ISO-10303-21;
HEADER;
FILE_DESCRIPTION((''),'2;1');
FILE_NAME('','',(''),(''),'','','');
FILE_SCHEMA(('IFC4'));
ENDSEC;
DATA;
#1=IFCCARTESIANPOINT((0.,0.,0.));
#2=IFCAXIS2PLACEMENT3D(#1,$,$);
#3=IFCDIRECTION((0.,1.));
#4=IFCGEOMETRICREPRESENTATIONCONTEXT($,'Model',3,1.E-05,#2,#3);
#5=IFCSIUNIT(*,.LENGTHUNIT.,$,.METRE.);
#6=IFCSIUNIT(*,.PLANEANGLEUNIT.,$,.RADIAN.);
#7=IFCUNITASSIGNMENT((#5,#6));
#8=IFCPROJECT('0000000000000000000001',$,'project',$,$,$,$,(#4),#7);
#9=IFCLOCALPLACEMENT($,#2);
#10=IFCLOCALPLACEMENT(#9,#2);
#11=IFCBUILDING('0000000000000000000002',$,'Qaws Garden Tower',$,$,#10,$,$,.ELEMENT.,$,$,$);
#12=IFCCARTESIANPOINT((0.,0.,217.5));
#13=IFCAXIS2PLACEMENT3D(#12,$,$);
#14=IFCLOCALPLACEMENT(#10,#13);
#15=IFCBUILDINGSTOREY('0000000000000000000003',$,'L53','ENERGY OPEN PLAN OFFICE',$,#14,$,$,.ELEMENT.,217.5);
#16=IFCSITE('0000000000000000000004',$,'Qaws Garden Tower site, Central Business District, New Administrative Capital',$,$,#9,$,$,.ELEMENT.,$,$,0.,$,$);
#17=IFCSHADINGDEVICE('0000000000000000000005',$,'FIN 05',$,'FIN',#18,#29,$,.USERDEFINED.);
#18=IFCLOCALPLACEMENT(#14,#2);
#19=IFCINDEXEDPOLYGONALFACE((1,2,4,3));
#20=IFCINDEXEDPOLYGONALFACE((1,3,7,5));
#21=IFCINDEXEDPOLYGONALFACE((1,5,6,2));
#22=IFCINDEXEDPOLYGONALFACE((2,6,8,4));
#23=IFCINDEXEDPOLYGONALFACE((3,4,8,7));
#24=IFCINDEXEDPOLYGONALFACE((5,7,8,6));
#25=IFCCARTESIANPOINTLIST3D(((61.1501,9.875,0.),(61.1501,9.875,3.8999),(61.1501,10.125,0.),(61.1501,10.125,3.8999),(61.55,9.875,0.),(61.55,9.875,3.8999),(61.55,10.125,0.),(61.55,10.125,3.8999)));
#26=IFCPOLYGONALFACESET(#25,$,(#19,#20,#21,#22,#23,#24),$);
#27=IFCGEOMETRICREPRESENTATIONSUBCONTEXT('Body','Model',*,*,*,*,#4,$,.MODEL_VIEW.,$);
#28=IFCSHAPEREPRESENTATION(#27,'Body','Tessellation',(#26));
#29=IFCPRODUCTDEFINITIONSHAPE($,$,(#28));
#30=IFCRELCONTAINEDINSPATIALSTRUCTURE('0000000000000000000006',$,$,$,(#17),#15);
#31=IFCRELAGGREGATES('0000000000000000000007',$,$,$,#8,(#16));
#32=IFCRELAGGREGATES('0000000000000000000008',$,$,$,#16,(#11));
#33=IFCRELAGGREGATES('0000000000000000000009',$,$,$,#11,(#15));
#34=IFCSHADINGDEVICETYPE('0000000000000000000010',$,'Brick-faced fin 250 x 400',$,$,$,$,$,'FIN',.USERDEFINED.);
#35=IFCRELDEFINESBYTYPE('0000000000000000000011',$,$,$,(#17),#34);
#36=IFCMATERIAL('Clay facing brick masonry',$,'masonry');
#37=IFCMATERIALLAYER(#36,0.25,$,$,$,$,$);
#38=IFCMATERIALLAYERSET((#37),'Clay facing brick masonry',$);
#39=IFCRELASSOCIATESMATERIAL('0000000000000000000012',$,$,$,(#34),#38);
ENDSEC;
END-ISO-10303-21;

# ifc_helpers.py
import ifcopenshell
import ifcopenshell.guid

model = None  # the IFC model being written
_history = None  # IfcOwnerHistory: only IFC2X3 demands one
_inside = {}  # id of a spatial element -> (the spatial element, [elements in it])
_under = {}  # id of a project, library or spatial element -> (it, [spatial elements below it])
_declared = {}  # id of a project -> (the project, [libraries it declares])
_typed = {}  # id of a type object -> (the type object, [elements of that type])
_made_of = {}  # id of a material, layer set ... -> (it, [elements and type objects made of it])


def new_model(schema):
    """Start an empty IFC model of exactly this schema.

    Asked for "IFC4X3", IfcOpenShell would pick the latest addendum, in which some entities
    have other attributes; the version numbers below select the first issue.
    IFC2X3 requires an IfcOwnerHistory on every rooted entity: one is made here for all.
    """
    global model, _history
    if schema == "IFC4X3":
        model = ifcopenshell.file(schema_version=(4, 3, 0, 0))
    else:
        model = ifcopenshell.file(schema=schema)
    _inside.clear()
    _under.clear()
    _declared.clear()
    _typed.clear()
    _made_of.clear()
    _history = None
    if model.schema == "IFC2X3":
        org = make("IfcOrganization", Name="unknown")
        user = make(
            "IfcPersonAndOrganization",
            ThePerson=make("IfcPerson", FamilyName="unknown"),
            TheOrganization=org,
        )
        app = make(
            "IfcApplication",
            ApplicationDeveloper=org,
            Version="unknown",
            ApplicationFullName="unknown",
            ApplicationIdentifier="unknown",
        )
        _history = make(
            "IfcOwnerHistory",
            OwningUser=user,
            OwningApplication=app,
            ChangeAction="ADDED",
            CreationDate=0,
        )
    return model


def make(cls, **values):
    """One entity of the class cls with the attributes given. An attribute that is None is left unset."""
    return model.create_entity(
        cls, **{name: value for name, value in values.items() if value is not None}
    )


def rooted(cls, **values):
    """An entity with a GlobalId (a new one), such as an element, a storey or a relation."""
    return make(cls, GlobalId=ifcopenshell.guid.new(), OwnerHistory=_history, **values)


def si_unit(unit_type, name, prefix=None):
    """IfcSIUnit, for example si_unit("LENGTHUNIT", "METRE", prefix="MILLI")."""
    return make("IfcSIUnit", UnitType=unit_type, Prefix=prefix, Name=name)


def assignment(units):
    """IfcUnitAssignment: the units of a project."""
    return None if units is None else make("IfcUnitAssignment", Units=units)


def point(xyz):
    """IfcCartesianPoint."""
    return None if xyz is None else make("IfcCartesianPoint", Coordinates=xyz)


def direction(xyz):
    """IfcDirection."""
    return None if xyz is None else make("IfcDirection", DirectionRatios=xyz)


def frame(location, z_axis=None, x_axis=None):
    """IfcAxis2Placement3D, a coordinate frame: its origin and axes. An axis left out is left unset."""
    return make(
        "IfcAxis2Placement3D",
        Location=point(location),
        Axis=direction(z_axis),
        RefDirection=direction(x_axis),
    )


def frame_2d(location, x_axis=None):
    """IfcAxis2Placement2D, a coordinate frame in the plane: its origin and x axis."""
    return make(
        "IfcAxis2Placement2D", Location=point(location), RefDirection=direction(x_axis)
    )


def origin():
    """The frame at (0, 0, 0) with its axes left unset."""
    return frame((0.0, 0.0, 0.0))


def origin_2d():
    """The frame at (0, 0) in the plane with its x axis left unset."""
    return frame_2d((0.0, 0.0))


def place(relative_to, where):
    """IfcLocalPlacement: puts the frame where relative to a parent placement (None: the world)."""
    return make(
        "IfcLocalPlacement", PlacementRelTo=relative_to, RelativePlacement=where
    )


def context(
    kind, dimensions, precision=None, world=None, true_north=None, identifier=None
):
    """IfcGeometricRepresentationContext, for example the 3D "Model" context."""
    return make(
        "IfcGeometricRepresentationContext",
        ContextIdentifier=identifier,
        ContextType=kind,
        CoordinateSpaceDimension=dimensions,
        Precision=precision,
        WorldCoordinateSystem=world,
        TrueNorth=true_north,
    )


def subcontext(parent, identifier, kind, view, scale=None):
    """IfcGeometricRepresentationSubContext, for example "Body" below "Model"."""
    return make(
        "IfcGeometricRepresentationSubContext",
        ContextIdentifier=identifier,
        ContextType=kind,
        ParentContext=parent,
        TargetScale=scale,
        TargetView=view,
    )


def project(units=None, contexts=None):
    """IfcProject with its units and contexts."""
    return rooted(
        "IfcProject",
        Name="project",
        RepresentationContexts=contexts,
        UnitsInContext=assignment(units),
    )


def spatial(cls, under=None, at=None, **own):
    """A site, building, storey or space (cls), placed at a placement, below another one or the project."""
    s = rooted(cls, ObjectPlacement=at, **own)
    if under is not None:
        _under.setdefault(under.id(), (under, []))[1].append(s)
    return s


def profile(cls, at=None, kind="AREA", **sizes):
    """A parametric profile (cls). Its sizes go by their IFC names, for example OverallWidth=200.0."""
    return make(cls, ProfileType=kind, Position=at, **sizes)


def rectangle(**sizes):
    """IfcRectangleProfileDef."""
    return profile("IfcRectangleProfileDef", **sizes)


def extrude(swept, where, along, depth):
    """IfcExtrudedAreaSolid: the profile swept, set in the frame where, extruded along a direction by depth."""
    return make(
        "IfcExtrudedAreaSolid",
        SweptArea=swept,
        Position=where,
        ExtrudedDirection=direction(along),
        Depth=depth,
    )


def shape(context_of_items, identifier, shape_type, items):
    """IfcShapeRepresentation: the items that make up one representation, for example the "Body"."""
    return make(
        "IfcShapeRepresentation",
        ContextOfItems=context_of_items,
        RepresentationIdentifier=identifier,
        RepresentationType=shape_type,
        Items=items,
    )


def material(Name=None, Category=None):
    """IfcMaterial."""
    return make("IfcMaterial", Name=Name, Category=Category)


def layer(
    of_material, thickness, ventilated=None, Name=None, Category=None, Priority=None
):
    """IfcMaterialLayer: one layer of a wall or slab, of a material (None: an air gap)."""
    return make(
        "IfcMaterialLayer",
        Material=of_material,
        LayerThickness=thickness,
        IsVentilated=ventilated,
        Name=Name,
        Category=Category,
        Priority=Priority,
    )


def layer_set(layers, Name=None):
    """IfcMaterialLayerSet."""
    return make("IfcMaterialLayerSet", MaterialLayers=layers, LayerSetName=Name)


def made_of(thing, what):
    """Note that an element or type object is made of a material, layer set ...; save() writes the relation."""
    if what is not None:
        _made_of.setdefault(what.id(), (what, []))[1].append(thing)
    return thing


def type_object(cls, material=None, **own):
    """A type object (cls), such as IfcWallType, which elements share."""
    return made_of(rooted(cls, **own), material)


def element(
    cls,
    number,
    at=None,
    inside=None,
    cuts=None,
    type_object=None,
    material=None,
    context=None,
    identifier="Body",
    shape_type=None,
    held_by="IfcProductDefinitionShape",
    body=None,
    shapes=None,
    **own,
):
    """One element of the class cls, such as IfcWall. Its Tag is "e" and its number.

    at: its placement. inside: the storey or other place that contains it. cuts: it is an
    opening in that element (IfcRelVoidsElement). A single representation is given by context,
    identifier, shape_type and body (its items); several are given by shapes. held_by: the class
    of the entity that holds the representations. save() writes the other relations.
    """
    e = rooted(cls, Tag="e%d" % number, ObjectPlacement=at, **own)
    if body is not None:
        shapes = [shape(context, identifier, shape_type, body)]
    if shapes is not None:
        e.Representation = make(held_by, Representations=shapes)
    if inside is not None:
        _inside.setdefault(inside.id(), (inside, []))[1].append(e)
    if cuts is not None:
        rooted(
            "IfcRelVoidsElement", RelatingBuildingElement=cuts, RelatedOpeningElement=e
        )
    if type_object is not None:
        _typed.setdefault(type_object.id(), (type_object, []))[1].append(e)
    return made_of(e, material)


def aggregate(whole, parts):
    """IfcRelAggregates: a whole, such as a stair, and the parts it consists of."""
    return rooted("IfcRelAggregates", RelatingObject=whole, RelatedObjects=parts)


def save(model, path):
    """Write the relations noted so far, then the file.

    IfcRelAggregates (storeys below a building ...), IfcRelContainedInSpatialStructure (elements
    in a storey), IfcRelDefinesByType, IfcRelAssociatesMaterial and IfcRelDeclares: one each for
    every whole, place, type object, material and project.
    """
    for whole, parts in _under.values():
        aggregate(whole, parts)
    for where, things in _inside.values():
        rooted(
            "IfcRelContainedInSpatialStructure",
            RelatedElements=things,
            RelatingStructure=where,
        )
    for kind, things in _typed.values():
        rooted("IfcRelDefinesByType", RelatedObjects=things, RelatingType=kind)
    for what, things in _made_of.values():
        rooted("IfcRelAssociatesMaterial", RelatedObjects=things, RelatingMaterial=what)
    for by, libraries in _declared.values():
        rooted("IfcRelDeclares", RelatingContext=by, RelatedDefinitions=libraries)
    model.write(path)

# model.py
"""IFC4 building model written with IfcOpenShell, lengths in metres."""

from ifc_helpers import new_model, si_unit, direction, frame, origin, origin_2d, place, context, subcontext, project, spatial, rectangle, extrude, material, layer, layer_set, type_object, element, save


model = new_model("IFC4")

# Units and contexts
model_context = context("Model", 3, precision=1e-05, world=origin(), true_north=direction((0.0, 1.0)))
body_context = subcontext(model_context, "Body", "Model", "MODEL_VIEW")
ifc_project = project(units=[si_unit("LENGTHUNIT", "METRE"), si_unit("PLANEANGLEUNIT", "RADIAN")], contexts=[model_context])

# Site, building, storey
site_placement = place(None, origin())
site = spatial("IfcSite", under=ifc_project, at=site_placement, Name="Qaws Garden Tower site, Central Business District, New Administrative Capital", CompositionType="ELEMENT", RefElevation=0.0)
building_placement = place(site_placement, origin())
building = spatial("IfcBuilding", under=site, at=building_placement, Name="Qaws Garden Tower", CompositionType="ELEMENT")
storey_placement = place(building_placement, frame((0.0, 0.0, 217.5)))
storey = spatial("IfcBuildingStorey", under=building, at=storey_placement, Name="L53", Description="ENERGY OPEN PLAN OFFICE", CompositionType="ELEMENT", Elevation=217.5)

# Shading device
ifc_material_1 = material(Name="Clay facing brick masonry", Category="masonry")
ifc_layer_1 = layer(ifc_material_1, 0.25)
ifc_layer_set_1 = layer_set([ifc_layer_1], Name="Clay facing brick masonry")
shading_device_type = type_object("IfcShadingDeviceType", Name="Brick-faced fin 250 x 400", ElementType="FIN", PredefinedType="USERDEFINED", material=ifc_layer_set_1)
shading_device_placement = place(storey_placement, frame((61.3501, 10.0, 0.0), z_axis=(0.0, 0.0, 1.0), x_axis=(0.0, 1.0, 0.0)))
element("IfcShadingDevice", 1, at=shading_device_placement, inside=storey, type_object=shading_device_type, Name="FIN 05", ObjectType="FIN", PredefinedType="USERDEFINED", context=body_context, shape_type="SweptSolid", body=[
    extrude(rectangle(XDim=0.25, YDim=0.3999, at=origin_2d()), origin(), (0.0, 0.0, 1.0), 3.8999),
])

save(model, "model.ifc")
